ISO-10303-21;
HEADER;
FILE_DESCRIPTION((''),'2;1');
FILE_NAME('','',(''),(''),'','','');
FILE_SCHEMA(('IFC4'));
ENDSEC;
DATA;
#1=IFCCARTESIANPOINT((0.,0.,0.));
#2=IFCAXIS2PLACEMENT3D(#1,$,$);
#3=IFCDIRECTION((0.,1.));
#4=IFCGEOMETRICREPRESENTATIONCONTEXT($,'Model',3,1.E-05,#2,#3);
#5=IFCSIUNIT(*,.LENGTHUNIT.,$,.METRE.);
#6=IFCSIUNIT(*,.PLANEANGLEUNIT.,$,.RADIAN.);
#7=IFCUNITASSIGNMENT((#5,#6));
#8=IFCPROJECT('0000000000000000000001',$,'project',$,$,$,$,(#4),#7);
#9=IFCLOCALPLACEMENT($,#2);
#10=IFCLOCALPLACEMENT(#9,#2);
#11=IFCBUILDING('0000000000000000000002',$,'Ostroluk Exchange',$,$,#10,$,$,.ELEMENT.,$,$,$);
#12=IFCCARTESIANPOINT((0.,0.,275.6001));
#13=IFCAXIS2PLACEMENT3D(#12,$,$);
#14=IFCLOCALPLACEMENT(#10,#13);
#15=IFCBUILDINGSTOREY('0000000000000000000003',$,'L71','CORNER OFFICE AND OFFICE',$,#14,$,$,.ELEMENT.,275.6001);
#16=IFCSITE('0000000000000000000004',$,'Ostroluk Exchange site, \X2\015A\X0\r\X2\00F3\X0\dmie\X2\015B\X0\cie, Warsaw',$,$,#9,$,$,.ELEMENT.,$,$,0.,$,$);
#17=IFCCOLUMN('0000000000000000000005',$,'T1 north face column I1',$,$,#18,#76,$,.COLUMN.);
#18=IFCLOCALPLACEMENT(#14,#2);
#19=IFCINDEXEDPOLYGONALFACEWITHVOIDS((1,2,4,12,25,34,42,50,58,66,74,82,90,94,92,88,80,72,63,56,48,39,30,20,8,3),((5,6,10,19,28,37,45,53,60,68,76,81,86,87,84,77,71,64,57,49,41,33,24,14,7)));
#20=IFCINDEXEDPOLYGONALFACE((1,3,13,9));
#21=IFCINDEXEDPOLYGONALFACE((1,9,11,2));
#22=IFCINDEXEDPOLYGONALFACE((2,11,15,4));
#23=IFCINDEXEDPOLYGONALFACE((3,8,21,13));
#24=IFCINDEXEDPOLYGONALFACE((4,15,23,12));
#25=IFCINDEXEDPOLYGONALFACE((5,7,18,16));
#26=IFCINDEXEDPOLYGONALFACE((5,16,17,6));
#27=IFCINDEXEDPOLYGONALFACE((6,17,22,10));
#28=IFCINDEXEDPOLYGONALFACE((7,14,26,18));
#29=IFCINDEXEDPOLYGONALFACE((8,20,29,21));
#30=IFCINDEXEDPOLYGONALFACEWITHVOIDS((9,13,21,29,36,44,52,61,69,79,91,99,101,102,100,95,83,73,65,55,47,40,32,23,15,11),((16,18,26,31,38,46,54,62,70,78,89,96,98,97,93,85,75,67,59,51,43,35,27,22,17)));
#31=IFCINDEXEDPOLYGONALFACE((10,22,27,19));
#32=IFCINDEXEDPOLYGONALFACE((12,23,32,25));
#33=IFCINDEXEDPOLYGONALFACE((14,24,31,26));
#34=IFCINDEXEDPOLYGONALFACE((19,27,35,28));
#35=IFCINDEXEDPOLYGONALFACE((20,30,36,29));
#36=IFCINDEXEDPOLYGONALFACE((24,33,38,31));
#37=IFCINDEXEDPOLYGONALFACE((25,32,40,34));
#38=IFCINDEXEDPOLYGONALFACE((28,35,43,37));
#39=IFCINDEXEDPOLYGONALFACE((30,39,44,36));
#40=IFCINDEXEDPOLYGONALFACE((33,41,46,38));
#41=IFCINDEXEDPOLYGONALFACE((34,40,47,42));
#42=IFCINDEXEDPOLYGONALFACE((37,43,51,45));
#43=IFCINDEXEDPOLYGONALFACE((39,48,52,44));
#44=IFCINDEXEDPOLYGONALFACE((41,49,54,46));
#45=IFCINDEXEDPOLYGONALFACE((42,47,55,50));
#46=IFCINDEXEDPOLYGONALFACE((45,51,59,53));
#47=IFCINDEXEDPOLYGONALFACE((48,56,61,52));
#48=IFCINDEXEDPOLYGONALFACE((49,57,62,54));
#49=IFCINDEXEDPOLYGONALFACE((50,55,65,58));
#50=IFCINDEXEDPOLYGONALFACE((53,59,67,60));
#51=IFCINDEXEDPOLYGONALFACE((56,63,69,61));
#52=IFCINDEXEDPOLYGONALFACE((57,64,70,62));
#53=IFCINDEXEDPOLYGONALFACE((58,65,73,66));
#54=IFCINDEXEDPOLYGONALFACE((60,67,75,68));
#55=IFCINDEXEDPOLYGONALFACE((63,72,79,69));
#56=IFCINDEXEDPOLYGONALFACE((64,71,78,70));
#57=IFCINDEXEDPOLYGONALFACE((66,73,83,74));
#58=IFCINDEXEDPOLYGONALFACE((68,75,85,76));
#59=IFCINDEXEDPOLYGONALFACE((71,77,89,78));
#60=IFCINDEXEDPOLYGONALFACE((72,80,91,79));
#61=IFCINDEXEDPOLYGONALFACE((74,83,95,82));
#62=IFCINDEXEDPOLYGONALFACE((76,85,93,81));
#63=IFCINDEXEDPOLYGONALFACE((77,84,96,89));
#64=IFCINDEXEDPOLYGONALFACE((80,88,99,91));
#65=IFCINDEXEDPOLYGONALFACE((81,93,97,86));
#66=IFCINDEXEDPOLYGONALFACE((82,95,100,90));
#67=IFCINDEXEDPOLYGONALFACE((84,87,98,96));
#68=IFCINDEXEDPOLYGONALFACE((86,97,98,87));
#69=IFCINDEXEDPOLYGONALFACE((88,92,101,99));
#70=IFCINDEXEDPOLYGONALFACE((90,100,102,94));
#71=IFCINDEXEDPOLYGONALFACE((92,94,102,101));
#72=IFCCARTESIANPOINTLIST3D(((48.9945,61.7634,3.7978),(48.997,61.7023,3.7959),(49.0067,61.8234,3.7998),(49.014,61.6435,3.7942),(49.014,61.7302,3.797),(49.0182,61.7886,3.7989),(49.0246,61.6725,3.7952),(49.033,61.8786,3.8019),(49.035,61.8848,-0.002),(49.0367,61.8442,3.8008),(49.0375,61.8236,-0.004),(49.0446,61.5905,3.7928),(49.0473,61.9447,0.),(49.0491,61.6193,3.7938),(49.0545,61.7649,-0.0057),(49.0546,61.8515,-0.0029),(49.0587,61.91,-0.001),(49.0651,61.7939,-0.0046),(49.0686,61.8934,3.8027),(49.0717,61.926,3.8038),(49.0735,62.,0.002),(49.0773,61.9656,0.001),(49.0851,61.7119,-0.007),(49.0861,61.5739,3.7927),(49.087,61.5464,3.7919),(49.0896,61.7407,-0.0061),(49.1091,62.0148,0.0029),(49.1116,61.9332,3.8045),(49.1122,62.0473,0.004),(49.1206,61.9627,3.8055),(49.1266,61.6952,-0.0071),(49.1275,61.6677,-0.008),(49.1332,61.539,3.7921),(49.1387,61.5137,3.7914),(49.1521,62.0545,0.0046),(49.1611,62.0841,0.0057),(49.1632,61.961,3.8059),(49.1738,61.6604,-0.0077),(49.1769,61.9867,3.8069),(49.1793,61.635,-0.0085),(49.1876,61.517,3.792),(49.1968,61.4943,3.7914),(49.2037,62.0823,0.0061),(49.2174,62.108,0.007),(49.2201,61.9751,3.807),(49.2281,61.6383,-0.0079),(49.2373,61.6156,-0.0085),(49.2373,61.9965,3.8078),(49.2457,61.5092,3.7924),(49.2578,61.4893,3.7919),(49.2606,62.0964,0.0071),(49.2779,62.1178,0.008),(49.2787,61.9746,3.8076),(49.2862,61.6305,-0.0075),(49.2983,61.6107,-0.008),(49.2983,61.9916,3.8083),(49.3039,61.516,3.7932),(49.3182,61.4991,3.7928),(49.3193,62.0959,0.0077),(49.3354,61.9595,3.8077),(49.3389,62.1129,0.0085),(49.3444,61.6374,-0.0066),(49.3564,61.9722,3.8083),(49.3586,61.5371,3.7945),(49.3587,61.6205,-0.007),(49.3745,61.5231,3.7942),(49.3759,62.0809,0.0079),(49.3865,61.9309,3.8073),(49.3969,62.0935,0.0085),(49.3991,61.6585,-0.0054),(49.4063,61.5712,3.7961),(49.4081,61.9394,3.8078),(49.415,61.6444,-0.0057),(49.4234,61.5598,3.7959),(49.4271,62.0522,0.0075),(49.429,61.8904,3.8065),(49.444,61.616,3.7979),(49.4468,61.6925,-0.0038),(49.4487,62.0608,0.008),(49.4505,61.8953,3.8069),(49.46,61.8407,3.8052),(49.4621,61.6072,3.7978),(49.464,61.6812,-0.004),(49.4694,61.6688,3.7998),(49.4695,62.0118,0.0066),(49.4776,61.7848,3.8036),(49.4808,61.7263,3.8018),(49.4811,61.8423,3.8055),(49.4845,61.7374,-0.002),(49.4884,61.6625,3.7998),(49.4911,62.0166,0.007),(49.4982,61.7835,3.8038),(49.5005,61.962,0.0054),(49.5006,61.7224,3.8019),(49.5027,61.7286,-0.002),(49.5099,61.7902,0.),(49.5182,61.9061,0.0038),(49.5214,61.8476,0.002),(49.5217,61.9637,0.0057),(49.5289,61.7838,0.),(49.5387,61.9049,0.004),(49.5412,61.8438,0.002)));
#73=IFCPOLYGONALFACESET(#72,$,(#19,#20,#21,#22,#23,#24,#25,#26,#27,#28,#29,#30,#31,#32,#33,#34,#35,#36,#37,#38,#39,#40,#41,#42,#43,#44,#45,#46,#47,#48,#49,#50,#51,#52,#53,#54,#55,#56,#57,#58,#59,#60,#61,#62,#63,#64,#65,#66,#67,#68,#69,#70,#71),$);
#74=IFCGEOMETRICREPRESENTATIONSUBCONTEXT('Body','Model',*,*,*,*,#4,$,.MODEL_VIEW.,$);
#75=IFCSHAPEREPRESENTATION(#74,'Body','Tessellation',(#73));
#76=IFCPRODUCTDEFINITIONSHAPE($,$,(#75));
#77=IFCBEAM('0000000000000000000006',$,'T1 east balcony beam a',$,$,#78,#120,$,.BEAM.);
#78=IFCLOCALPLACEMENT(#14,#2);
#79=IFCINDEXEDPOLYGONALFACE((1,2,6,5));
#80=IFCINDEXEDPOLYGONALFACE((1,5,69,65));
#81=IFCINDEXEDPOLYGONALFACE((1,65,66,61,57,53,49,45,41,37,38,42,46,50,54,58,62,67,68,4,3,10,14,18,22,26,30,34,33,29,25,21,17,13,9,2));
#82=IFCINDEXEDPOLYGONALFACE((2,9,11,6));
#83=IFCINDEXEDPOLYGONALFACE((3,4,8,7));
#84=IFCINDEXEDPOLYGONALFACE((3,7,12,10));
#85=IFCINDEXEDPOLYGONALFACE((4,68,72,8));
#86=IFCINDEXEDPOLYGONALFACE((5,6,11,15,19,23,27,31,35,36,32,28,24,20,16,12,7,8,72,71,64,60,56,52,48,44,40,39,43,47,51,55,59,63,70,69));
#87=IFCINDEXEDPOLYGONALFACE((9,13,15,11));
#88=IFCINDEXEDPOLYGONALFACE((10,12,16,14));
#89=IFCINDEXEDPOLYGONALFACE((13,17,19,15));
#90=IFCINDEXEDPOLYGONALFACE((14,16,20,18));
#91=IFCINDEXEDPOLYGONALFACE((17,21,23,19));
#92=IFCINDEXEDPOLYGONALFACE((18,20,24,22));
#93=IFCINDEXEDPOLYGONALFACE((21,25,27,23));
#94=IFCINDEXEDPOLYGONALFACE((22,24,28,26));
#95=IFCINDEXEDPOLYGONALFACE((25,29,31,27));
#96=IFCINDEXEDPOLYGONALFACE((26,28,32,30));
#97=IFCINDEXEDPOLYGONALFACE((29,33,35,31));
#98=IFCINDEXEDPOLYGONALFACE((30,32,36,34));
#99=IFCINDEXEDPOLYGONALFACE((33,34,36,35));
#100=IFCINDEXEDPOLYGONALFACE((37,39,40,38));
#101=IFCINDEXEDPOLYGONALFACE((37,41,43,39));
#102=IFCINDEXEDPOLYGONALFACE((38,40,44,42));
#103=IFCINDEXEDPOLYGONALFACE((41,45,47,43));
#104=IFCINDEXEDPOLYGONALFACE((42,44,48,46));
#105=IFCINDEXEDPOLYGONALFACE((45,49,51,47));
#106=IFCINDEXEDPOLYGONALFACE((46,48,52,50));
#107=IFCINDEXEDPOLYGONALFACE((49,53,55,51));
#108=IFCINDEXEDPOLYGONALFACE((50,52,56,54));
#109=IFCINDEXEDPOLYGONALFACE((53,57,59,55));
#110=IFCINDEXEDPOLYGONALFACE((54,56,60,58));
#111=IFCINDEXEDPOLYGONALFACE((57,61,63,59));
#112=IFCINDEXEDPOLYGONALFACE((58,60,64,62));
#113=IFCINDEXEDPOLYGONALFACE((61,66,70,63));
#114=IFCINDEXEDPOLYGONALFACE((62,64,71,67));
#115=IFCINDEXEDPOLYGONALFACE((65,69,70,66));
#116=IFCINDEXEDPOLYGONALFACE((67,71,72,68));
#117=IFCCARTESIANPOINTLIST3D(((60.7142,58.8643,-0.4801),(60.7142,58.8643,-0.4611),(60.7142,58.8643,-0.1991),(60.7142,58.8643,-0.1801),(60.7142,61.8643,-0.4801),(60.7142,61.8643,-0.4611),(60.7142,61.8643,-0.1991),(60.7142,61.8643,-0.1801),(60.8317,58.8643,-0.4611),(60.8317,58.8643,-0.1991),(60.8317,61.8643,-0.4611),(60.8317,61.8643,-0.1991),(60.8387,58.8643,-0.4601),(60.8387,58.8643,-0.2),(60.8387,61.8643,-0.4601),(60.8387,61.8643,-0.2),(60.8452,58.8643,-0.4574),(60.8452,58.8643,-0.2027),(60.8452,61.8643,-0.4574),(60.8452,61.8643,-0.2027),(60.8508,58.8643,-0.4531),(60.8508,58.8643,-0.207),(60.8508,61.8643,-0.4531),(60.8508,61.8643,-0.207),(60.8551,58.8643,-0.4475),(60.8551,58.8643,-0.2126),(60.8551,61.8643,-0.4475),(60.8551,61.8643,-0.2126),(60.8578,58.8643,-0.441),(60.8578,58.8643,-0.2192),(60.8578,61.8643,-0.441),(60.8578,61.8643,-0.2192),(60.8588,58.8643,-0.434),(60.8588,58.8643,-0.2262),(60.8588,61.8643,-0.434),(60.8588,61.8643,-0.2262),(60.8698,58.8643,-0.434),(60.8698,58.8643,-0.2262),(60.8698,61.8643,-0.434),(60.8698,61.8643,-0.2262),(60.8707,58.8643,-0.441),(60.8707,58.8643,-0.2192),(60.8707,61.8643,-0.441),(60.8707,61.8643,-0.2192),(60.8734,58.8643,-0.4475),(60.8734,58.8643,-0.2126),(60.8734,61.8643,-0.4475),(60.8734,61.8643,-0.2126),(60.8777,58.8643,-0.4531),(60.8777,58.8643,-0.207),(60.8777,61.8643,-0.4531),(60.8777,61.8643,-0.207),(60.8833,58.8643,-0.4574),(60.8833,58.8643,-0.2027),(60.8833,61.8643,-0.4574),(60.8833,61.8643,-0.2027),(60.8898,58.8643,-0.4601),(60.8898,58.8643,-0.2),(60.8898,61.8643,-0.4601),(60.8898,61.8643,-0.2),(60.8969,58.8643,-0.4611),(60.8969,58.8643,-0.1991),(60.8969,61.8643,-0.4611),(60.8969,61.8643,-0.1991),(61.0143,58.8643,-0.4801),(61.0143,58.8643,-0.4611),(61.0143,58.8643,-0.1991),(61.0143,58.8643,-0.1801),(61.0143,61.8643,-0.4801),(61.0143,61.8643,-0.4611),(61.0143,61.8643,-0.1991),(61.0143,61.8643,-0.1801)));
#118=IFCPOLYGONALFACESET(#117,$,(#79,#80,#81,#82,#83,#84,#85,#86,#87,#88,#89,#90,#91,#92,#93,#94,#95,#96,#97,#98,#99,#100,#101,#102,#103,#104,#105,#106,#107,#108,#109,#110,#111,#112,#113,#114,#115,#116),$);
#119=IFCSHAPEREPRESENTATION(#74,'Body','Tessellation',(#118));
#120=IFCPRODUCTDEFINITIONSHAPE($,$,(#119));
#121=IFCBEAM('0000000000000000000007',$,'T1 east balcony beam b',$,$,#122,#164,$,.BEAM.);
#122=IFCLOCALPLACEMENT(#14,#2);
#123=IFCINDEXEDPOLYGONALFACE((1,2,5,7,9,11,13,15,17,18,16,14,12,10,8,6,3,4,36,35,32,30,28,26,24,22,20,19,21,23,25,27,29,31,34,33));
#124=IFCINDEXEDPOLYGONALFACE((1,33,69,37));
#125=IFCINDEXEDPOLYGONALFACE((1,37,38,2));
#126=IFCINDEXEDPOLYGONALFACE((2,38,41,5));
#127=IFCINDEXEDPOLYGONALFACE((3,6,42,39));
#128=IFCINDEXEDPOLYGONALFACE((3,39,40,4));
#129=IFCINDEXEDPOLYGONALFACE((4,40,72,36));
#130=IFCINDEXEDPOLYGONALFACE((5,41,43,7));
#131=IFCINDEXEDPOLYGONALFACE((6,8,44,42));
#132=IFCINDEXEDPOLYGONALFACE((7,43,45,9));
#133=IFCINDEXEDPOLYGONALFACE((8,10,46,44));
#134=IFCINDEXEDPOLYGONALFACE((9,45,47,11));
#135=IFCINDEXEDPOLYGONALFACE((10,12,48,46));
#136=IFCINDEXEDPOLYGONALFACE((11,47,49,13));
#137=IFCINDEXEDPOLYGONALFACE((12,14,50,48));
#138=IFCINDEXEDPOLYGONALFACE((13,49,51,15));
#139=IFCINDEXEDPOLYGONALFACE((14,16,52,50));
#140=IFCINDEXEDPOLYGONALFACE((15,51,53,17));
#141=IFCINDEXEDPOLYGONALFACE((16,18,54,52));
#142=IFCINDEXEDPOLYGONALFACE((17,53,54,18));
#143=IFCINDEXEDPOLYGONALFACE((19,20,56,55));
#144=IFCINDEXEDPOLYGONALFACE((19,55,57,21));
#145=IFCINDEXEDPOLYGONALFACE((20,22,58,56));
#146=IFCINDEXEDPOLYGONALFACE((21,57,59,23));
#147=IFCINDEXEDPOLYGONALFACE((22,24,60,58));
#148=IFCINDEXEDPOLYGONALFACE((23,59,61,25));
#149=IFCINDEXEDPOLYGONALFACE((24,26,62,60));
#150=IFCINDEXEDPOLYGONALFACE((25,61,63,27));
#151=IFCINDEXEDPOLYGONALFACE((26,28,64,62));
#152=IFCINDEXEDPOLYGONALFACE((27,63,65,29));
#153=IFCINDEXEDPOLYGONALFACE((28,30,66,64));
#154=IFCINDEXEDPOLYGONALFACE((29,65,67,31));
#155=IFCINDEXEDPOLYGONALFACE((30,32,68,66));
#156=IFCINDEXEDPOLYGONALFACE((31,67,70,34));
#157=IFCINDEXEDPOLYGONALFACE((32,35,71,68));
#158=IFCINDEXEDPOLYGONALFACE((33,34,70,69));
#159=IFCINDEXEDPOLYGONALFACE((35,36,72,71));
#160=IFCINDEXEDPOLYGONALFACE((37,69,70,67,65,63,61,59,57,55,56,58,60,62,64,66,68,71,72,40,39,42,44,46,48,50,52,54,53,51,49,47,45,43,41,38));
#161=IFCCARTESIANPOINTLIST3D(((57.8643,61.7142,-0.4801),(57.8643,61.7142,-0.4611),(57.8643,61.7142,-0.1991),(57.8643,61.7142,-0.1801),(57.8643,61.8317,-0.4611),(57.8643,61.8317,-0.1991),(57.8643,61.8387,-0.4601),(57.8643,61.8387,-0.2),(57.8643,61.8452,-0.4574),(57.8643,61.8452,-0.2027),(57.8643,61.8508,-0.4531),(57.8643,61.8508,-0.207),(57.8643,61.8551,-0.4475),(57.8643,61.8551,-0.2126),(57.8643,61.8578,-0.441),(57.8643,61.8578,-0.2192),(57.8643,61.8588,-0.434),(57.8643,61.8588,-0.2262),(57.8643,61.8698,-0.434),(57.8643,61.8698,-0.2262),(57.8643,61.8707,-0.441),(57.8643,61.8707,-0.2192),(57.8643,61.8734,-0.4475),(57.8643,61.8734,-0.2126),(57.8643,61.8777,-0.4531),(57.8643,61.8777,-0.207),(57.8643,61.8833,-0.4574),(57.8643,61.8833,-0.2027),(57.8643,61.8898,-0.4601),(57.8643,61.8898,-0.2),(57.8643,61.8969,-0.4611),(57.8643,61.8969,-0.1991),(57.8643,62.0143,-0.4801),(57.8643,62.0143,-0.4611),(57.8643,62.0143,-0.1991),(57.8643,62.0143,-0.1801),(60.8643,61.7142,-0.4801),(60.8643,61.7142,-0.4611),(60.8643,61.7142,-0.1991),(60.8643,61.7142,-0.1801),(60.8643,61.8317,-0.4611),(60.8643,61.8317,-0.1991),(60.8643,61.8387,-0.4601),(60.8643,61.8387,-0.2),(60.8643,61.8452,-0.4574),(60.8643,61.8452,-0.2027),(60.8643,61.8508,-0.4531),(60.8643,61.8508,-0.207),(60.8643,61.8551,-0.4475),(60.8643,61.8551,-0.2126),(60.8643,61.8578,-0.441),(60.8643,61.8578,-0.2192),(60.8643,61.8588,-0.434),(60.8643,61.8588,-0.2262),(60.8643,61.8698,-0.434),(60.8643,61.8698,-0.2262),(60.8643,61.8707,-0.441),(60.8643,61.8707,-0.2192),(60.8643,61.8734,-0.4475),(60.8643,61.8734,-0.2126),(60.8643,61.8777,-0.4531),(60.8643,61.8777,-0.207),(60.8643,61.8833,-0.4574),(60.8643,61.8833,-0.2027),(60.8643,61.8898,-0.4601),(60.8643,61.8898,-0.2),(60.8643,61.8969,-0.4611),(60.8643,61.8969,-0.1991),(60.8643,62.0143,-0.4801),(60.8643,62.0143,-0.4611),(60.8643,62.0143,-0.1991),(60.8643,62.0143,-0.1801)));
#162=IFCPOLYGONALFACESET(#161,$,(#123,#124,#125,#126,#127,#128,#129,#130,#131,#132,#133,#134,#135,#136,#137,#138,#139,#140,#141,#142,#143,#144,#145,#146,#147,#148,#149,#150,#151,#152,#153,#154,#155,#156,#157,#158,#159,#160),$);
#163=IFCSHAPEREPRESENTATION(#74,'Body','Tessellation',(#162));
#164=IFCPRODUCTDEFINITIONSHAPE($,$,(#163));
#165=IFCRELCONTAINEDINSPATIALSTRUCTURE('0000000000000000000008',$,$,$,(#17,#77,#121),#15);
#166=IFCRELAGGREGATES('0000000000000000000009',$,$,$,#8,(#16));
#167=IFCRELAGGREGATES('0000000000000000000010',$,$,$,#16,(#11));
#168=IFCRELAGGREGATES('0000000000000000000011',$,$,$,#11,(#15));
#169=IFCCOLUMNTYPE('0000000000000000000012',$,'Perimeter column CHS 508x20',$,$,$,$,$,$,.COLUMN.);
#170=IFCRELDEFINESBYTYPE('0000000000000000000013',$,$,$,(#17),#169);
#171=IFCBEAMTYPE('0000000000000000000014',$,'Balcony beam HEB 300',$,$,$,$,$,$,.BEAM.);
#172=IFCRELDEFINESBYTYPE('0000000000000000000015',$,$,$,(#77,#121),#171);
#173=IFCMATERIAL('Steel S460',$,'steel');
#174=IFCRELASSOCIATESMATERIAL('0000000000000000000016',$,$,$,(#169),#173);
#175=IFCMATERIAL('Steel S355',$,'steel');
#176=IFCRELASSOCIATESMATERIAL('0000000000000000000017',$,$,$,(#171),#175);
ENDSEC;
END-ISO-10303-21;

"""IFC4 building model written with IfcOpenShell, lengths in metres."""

from ifc_helpers import new_model, si_unit, direction, frame, origin, origin_2d, place, context, subcontext, project, spatial, hollow_circle, i_section, extrude, material, material_profile, profile_set, type_object, element, save


model = new_model("IFC4")

# Units and contexts
model_context = context("Model", 3, precision=1e-05, world=origin(), true_north=direction((0.0, 1.0)))
body_context = subcontext(model_context, "Body", "Model", "MODEL_VIEW")
ifc_project = project(units=[si_unit("LENGTHUNIT", "METRE"), si_unit("PLANEANGLEUNIT", "RADIAN")], contexts=[model_context])

# Site, building, storey
site_placement = place(None, origin())
site = spatial("IfcSite", under=ifc_project, at=site_placement, Name="Ostroluk Exchange site, Śródmieście, Warsaw", CompositionType="ELEMENT", RefElevation=0.0)
building_placement = place(site_placement, origin())
building = spatial("IfcBuilding", under=site, at=building_placement, Name="Ostroluk Exchange", CompositionType="ELEMENT")
storey_placement = place(building_placement, frame((0.0, 0.0, 275.6001)))
storey = spatial("IfcBuildingStorey", under=building, at=storey_placement, Name="L71", Description="CORNER OFFICE AND OFFICE", CompositionType="ELEMENT", Elevation=275.6001)

# Column
ifc_material_1 = material(Name="Steel S460", Category="steel")
ifc_material_profile_1 = material_profile(ifc_material_1, hollow_circle(Radius=0.2539, WallThickness=0.02, at=origin_2d()), Name="CHS 508x20")
ifc_profile_set_1 = profile_set([ifc_material_profile_1], Name="Steel S460")
column_type_1 = type_object("IfcColumnType", Name="Perimeter column CHS 508x20", PredefinedType="COLUMN", material=ifc_profile_set_1)
column_1_placement = place(storey_placement, frame((49.2881, 61.8643, 0.0), z_axis=(-0.01066, -0.031915, 0.999434), x_axis=(0.948492, -0.3168, 0.0)))
element("IfcColumn", 1, at=column_1_placement, inside=storey, type_object=column_type_1, Name="T1 north face column I1", PredefinedType="COLUMN", context=body_context, shape_type="SweptSolid", body=[
    extrude(hollow_circle(Radius=0.2539, WallThickness=0.02, at=origin_2d()), origin(), (0.0, 0.0, 1.0), 3.802),
])

# Beams
ifc_material_2 = material(Name="Steel S355", Category="steel")
ifc_material_profile_2 = material_profile(ifc_material_2, i_section(OverallWidth=0.3, OverallDepth=0.3, WebThickness=0.011, FlangeThickness=0.019, FilletRadius=0.0271, at=origin_2d()), Name="HEB 300")
ifc_profile_set_2 = profile_set([ifc_material_profile_2], Name="Steel S355")
beam_type_1 = type_object("IfcBeamType", Name="Balcony beam HEB 300", PredefinedType="BEAM", material=ifc_profile_set_2)
for number, where, z_axis, x_axis, name in (
    (2, (60.8643, 58.8643, -0.3301), (0.0, 1.0, 0.0), (-1.0, 0.0, 0.0), "T1 east balcony beam a"),
    (3, (57.8643, 61.8643, -0.3301), (1.0, 0.0, 0.0), (0.0, 1.0, 0.0), "T1 east balcony beam b"),
):
    element("IfcBeam", number, at=place(storey_placement, frame(where, z_axis=z_axis, x_axis=x_axis)), inside=storey, type_object=beam_type_1, Name=name, PredefinedType="BEAM", context=body_context, shape_type="SweptSolid", body=[
        extrude(i_section(OverallWidth=0.3, OverallDepth=0.3, WebThickness=0.011, FlangeThickness=0.019, FilletRadius=0.0271, at=origin_2d()), origin(), (0.0, 0.0, 1.0), 3.0),
    ])

save(model, "model.ifc")
